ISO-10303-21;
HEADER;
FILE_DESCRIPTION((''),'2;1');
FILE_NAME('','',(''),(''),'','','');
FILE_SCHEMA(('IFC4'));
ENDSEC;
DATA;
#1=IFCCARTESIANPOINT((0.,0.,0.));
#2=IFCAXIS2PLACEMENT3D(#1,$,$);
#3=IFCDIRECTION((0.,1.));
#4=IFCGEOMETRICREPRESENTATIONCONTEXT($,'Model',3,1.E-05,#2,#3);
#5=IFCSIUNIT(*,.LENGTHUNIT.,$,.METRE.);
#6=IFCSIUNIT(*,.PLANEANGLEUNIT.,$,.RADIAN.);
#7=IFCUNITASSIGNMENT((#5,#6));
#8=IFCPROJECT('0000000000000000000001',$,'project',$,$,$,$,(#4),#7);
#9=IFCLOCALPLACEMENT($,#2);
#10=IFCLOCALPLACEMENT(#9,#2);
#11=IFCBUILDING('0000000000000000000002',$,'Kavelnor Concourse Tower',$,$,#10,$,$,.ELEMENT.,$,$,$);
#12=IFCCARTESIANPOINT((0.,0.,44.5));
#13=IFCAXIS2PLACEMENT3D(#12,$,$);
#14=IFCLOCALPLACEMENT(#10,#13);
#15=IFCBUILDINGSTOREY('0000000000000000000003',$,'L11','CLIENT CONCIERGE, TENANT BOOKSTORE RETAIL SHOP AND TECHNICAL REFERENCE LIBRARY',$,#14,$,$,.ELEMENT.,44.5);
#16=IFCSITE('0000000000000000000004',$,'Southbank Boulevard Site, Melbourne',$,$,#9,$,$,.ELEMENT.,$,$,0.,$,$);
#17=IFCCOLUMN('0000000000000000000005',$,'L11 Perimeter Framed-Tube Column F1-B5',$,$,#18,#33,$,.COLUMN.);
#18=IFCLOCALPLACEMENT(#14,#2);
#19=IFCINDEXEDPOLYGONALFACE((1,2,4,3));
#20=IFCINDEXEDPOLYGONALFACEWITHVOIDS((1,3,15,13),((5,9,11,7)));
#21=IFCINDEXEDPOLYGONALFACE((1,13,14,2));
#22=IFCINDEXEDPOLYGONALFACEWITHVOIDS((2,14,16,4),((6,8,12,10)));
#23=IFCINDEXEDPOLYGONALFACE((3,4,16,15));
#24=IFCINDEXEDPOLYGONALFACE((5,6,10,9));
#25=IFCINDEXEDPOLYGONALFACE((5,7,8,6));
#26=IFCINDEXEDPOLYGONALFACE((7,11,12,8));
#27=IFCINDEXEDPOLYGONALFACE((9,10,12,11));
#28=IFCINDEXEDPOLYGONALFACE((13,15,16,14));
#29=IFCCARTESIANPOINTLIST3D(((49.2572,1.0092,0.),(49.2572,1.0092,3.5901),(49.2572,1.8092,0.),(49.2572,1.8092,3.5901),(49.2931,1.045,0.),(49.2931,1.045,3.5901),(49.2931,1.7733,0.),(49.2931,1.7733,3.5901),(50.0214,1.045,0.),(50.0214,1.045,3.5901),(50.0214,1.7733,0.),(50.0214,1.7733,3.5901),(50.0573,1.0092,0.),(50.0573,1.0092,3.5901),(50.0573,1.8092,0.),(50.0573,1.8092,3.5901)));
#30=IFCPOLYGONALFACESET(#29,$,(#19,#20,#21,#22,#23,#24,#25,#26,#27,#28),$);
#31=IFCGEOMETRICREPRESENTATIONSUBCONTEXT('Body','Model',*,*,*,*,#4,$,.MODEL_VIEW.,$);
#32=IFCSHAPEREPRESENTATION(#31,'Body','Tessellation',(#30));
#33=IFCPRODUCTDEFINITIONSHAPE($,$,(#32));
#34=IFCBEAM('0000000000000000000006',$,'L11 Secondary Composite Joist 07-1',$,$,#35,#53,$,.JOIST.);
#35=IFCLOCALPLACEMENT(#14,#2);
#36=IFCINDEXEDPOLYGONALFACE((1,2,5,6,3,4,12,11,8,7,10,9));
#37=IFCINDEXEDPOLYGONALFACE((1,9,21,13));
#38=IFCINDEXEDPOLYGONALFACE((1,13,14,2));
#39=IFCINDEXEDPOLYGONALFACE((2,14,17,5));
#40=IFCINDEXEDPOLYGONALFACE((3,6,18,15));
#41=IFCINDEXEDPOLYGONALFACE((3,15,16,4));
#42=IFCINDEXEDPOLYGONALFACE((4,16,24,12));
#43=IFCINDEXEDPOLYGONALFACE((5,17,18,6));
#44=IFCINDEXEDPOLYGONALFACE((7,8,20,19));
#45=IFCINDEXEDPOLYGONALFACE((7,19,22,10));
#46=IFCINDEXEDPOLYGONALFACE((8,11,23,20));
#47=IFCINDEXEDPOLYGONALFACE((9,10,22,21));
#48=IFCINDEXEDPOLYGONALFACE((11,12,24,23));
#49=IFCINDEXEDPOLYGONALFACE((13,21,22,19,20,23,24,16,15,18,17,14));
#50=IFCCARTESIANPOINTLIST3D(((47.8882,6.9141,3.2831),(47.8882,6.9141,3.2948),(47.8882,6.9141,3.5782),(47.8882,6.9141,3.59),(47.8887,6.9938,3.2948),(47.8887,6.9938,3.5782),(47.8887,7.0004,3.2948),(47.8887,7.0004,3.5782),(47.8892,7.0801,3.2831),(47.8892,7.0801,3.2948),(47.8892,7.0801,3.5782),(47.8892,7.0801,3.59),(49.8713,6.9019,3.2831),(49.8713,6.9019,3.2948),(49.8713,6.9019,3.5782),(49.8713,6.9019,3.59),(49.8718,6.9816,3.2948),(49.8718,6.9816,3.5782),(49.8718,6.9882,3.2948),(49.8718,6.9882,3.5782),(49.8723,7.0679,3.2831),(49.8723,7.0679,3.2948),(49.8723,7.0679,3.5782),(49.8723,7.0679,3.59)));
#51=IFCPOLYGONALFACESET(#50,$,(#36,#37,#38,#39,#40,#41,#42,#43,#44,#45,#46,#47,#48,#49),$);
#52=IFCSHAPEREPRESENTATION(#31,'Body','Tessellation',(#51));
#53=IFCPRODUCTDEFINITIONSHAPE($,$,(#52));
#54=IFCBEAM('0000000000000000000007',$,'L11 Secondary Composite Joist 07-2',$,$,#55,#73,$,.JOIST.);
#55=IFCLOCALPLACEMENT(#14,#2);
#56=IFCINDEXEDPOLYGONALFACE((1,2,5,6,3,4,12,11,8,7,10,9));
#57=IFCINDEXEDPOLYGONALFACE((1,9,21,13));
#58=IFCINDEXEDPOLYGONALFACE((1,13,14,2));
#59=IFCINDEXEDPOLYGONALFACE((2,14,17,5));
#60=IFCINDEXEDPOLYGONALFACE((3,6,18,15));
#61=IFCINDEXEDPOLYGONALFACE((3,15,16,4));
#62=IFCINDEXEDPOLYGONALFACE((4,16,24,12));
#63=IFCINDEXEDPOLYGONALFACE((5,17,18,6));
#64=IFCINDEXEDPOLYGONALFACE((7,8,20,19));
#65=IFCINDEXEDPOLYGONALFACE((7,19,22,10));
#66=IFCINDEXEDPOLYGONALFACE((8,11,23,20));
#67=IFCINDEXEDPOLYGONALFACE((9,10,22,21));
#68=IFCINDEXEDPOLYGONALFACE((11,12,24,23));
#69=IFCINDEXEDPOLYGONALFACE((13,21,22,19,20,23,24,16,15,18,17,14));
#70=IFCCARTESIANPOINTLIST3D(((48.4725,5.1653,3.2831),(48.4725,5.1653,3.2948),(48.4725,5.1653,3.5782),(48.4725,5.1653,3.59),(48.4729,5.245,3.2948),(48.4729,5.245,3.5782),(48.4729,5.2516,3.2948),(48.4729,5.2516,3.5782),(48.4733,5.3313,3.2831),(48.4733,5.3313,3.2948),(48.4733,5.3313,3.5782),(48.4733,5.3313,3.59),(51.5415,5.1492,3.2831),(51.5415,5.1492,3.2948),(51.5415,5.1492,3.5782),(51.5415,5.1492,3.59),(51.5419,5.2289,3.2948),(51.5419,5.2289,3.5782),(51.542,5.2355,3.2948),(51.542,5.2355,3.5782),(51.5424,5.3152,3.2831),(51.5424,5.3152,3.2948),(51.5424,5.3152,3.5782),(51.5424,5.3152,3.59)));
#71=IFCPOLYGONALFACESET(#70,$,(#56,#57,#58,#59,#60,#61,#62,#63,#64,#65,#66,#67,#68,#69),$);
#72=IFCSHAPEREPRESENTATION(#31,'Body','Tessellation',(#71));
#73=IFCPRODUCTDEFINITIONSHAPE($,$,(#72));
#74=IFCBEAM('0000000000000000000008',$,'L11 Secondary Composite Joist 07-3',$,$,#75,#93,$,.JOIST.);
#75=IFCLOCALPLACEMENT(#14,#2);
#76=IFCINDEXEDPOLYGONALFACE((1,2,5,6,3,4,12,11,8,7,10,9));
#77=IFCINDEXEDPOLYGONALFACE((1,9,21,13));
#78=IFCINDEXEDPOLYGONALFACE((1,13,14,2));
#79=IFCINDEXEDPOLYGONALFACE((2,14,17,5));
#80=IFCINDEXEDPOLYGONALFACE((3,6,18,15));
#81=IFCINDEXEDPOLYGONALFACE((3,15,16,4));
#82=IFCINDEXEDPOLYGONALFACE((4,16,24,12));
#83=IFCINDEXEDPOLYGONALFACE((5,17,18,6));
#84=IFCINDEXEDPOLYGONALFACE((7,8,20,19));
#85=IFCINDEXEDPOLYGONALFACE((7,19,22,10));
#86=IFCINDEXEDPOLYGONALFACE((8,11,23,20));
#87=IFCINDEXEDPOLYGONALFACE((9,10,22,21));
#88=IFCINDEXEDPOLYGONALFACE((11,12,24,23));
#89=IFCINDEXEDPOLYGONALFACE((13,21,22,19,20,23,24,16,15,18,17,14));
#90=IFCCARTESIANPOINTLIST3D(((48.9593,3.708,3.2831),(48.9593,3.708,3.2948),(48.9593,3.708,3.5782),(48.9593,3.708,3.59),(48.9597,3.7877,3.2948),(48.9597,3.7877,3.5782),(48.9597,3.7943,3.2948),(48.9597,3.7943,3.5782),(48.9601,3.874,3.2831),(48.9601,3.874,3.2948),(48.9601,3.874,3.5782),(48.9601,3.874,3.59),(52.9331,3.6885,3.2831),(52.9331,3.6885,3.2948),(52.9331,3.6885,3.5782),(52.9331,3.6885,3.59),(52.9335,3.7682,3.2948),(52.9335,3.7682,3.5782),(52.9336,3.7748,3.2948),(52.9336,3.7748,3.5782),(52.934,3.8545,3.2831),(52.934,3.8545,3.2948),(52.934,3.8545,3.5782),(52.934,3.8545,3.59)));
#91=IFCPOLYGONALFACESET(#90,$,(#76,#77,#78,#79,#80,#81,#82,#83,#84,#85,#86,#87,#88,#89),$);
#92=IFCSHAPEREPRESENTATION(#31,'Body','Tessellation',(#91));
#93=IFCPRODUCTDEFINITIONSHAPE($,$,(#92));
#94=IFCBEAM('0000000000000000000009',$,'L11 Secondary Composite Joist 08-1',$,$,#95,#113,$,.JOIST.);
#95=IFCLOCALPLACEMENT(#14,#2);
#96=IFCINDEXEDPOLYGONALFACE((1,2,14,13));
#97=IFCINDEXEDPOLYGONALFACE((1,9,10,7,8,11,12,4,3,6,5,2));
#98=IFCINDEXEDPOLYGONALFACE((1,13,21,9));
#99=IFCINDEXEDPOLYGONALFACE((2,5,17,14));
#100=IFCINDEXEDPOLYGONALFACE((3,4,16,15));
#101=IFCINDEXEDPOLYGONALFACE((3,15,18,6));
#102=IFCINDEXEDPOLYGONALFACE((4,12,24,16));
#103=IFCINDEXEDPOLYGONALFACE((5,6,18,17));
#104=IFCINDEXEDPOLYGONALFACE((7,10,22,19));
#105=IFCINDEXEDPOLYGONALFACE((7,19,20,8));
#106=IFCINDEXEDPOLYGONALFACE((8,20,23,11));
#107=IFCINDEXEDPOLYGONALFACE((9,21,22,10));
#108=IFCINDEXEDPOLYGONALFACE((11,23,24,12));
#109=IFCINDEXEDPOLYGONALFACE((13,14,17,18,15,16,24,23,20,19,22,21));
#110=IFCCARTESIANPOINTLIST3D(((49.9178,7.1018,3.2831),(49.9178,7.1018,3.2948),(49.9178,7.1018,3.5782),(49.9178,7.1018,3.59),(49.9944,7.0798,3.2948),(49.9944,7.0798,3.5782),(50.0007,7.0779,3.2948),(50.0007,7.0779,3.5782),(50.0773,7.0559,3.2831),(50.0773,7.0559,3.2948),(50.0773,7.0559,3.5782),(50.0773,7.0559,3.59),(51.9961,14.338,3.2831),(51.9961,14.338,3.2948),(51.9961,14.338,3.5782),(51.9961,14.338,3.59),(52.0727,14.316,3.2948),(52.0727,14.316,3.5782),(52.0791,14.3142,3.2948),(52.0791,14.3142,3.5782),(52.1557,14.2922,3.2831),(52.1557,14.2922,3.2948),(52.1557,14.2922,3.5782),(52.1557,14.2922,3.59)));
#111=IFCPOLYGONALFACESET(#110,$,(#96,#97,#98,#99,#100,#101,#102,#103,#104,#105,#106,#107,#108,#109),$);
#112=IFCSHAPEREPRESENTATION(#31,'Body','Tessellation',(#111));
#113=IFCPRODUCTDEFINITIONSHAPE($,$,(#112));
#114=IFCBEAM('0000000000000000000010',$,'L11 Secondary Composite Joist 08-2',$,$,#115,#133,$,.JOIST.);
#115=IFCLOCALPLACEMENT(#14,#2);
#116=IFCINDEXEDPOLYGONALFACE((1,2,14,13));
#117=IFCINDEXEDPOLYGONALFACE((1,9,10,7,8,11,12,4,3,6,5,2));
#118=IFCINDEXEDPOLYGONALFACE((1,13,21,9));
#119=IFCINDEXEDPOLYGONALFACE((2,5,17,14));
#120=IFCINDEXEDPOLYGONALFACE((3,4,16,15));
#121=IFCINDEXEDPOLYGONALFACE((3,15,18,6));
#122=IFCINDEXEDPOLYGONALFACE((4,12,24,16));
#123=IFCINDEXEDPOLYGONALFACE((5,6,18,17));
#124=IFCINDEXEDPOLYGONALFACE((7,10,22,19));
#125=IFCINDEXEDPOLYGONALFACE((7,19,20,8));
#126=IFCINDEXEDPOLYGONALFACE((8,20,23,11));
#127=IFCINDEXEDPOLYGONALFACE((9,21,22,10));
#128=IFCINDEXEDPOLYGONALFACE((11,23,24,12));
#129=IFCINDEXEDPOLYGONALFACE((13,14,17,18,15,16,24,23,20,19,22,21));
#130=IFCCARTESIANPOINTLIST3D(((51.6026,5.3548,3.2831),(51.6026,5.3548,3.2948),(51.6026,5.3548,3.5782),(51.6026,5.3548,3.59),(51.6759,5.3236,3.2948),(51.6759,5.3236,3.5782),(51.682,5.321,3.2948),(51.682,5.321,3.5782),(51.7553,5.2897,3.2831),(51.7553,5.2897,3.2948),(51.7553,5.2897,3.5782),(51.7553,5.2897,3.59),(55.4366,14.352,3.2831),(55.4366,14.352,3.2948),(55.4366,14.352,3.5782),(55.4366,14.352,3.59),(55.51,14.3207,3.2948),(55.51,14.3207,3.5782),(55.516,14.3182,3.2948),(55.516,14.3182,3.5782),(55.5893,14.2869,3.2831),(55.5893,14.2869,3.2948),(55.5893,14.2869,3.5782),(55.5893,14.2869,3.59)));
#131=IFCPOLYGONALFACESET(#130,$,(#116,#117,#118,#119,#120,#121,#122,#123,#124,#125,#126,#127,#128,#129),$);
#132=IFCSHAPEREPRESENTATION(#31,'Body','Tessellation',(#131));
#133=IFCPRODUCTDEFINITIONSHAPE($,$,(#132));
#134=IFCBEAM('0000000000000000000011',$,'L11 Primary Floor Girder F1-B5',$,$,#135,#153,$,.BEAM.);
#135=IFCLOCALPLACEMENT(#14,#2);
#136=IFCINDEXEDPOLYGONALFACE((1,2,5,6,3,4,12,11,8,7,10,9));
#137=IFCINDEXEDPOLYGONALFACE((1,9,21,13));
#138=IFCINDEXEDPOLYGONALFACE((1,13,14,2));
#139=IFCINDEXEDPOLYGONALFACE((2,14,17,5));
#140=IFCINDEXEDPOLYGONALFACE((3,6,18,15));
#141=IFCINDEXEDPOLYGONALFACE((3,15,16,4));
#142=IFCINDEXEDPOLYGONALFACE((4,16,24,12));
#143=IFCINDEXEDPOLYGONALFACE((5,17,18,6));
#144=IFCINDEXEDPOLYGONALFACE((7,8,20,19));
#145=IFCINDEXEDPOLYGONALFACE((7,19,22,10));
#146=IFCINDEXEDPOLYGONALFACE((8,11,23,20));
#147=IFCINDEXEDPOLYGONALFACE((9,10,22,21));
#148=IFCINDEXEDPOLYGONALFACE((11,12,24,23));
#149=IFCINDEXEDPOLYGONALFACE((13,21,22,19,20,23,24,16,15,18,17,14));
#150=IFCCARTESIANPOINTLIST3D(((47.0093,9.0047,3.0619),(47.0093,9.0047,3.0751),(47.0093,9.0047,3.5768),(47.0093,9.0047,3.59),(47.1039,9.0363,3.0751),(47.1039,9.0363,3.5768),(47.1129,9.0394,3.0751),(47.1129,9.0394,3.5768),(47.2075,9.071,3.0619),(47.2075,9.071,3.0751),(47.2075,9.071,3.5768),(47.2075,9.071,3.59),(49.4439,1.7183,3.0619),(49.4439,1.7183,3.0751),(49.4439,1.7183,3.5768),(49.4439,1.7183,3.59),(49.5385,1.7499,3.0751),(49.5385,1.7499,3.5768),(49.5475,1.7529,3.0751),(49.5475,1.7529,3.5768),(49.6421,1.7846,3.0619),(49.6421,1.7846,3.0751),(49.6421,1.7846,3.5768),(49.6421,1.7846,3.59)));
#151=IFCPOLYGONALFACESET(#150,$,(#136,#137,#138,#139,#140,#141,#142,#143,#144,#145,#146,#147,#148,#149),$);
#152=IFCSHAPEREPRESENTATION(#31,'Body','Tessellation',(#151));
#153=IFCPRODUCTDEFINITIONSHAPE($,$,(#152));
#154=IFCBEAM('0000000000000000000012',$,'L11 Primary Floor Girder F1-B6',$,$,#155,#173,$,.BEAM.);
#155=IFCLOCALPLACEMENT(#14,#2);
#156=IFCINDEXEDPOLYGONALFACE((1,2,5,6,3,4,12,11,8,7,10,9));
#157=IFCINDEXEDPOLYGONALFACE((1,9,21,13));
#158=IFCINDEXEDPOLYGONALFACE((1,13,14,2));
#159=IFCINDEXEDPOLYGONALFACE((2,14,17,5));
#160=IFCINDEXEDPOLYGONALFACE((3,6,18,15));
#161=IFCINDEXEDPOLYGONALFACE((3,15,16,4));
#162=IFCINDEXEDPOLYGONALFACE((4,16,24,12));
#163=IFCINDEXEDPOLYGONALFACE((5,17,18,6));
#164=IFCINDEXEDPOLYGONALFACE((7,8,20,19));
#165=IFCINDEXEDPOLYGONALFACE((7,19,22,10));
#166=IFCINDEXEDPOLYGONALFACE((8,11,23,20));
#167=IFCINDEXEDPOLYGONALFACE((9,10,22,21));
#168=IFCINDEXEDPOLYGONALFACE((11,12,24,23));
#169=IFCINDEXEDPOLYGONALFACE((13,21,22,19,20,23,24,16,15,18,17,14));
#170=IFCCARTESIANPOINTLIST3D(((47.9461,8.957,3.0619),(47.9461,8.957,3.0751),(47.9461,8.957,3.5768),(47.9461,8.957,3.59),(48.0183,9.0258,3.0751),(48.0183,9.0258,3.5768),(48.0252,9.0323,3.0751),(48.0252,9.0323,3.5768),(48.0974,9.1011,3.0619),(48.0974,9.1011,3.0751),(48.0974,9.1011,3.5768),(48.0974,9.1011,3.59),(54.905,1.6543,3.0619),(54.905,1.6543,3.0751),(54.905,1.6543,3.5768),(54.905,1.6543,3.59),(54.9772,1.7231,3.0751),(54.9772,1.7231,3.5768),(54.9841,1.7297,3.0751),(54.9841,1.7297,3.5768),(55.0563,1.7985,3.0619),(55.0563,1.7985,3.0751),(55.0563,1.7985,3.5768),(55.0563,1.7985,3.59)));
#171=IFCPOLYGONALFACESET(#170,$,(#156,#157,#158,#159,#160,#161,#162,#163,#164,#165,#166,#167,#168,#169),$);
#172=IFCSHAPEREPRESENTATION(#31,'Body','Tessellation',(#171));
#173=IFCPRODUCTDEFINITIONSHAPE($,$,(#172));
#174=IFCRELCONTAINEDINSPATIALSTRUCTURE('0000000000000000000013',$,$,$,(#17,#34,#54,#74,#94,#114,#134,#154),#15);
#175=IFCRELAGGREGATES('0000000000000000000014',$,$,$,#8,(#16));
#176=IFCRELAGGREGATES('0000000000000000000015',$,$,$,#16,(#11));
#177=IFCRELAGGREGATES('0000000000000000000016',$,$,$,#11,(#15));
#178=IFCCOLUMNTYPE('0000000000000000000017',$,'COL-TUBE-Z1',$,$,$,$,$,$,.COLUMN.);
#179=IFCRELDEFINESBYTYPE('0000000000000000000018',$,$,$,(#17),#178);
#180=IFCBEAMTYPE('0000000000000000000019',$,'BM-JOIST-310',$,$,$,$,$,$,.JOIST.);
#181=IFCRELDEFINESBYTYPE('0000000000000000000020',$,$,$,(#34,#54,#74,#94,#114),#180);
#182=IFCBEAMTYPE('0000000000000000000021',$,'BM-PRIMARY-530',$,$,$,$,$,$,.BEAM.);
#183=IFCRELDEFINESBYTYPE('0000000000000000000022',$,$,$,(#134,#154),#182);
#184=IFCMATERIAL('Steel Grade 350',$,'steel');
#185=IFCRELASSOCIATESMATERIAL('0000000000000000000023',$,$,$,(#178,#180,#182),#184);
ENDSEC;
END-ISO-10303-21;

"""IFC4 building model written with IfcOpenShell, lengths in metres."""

from ifc_helpers import new_model, si_unit, direction, frame, origin, origin_2d, place, context, subcontext, project, spatial, hollow_rectangle, i_section, extrude, material, material_profile, profile_set, type_object, element, save


model = new_model("IFC4")

# Units and contexts
model_context = context("Model", 3, precision=1e-05, world=origin(), true_north=direction((0.0, 1.0)))
body_context = subcontext(model_context, "Body", "Model", "MODEL_VIEW")
ifc_project = project(units=[si_unit("LENGTHUNIT", "METRE"), si_unit("PLANEANGLEUNIT", "RADIAN")], contexts=[model_context])

# Site, building, storey
site_placement = place(None, origin())
site = spatial("IfcSite", under=ifc_project, at=site_placement, Name="Southbank Boulevard Site, Melbourne", CompositionType="ELEMENT", RefElevation=0.0)
building_placement = place(site_placement, origin())
building = spatial("IfcBuilding", under=site, at=building_placement, Name="Kavelnor Concourse Tower", CompositionType="ELEMENT")
storey_placement = place(building_placement, frame((0.0, 0.0, 44.5)))
storey = spatial("IfcBuildingStorey", under=building, at=storey_placement, Name="L11", Description="CLIENT CONCIERGE, TENANT BOOKSTORE RETAIL SHOP AND TECHNICAL REFERENCE LIBRARY", CompositionType="ELEMENT", Elevation=44.5)

# Column
ifc_material_1 = material(Name="Steel Grade 350", Category="steel")
ifc_material_profile_1 = material_profile(ifc_material_1, hollow_rectangle(XDim=0.8, YDim=0.8, WallThickness=0.0359, at=origin_2d()), Name="SHS 800x800x36")
ifc_profile_set_1 = profile_set([ifc_material_profile_1], Name="Steel Grade 350")
column_type = type_object("IfcColumnType", Name="COL-TUBE-Z1", PredefinedType="COLUMN", material=ifc_profile_set_1)
column_placement = place(storey_placement, frame((49.6572, 1.4092, 0.0), z_axis=(0.0, 0.0, 1.0), x_axis=(1.0, 0.0, 0.0)))
element("IfcColumn", 1, at=column_placement, inside=storey, type_object=column_type, Name="L11 Perimeter Framed-Tube Column F1-B5", PredefinedType="COLUMN", context=body_context, shape_type="SweptSolid", body=[
    extrude(hollow_rectangle(XDim=0.8, YDim=0.8, WallThickness=0.0359, at=origin_2d()), origin(), (0.0, 0.0, 1.0), 3.5901),
])

# Beams
ifc_material_profile_2 = material_profile(ifc_material_1, i_section(OverallWidth=0.166, OverallDepth=0.3069, WebThickness=0.0066, FlangeThickness=0.0117, at=origin_2d()), Name="310UB46")
ifc_profile_set_2 = profile_set([ifc_material_profile_2], Name="Steel Grade 350")
beam_type_1 = type_object("IfcBeamType", Name="BM-JOIST-310", PredefinedType="JOIST", material=ifc_profile_set_2)
beam_1_placement = place(storey_placement, frame((47.8887, 6.9971, 3.4365), z_axis=(0.999981, -0.006155, 0.0), x_axis=(0.006155, 0.999981, 0.0)))
element("IfcBeam", 2, at=beam_1_placement, inside=storey, type_object=beam_type_1, Name="L11 Secondary Composite Joist 07-1", PredefinedType="JOIST", context=body_context, shape_type="SweptSolid", body=[
    extrude(i_section(OverallWidth=0.166, OverallDepth=0.3069, WebThickness=0.0066, FlangeThickness=0.0117, at=origin_2d()), origin(), (0.0, 0.0, 1.0), 1.9832),
])
beam_2_placement = place(storey_placement, frame((48.4729, 5.2483, 3.4365), z_axis=(0.999986, -0.00525, 0.0), x_axis=(0.00525, 0.999986, 0.0)))
element("IfcBeam", 3, at=beam_2_placement, inside=storey, type_object=beam_type_1, Name="L11 Secondary Composite Joist 07-2", PredefinedType="JOIST", context=body_context, shape_type="SweptSolid", body=[
    extrude(i_section(OverallWidth=0.166, OverallDepth=0.3069, WebThickness=0.0066, FlangeThickness=0.0117, at=origin_2d()), origin(), (0.0, 0.0, 1.0), 3.0691),
])
beam_3_placement = place(storey_placement, frame((48.9597, 3.791, 3.4365), z_axis=(0.999988, -0.004915, 0.0), x_axis=(0.004915, 0.999988, 0.0)))
element("IfcBeam", 4, at=beam_3_placement, inside=storey, type_object=beam_type_1, Name="L11 Secondary Composite Joist 07-3", PredefinedType="JOIST", context=body_context, shape_type="SweptSolid", body=[
    extrude(i_section(OverallWidth=0.166, OverallDepth=0.3069, WebThickness=0.0066, FlangeThickness=0.0117, at=origin_2d()), origin(), (0.0, 0.0, 1.0), 3.9739),
])
beam_4_placement = place(storey_placement, frame((49.9976, 7.0789, 3.4365), z_axis=(0.276053, 0.961142, 0.0), x_axis=(-0.961142, 0.276053, 0.0)))
element("IfcBeam", 5, at=beam_4_placement, inside=storey, type_object=beam_type_1, Name="L11 Secondary Composite Joist 08-1", PredefinedType="JOIST", context=body_context, shape_type="SweptSolid", body=[
    extrude(i_section(OverallWidth=0.166, OverallDepth=0.3069, WebThickness=0.0066, FlangeThickness=0.0117, at=origin_2d()), origin(), (0.0, 0.0, 1.0), 7.5288),
])
beam_5_placement = place(storey_placement, frame((51.679, 5.3223, 3.4365), z_axis=(0.392026, 0.919954, 0.0), x_axis=(-0.919954, 0.392026, 0.0)))
element("IfcBeam", 6, at=beam_5_placement, inside=storey, type_object=beam_type_1, Name="L11 Secondary Composite Joist 08-2", PredefinedType="JOIST", context=body_context, shape_type="SweptSolid", body=[
    extrude(i_section(OverallWidth=0.166, OverallDepth=0.3069, WebThickness=0.0066, FlangeThickness=0.0117, at=origin_2d()), origin(), (0.0, 0.0, 1.0), 9.78),
])
ifc_material_profile_3 = material_profile(ifc_material_1, i_section(OverallWidth=0.209, OverallDepth=0.5281, WebThickness=0.0095, FlangeThickness=0.0132, at=origin_2d()), Name="530UB82")
ifc_profile_set_3 = profile_set([ifc_material_profile_3], Name="Steel Grade 350")
beam_type_2 = type_object("IfcBeamType", Name="BM-PRIMARY-530", PredefinedType="BEAM", material=ifc_profile_set_3)
beam_6_placement = place(storey_placement, frame((47.1084, 9.0378, 3.3259), z_axis=(0.316905, -0.948457, 0.0), x_axis=(0.948457, 0.316905, 0.0)))
element("IfcBeam", 7, at=beam_6_placement, inside=storey, type_object=beam_type_2, Name="L11 Primary Floor Girder F1-B5", PredefinedType="BEAM", context=body_context, shape_type="SweptSolid", body=[
    extrude(i_section(OverallWidth=0.209, OverallDepth=0.5281, WebThickness=0.0095, FlangeThickness=0.0132, at=origin_2d()), origin(), (0.0, 0.0, 1.0), 7.6824),
])
beam_7_placement = place(storey_placement, frame((48.0217, 9.0291, 3.3259), z_axis=(0.689863, -0.72394, 0.0), x_axis=(0.72394, 0.689863, 0.0)))
element("IfcBeam", 8, at=beam_7_placement, inside=storey, type_object=beam_type_2, Name="L11 Primary Floor Girder F1-B6", PredefinedType="BEAM", context=body_context, shape_type="SweptSolid", body=[
    extrude(i_section(OverallWidth=0.209, OverallDepth=0.5281, WebThickness=0.0095, FlangeThickness=0.0132, at=origin_2d()), origin(), (0.0, 0.0, 1.0), 10.0874),
])

save(model, "model.ifc")
